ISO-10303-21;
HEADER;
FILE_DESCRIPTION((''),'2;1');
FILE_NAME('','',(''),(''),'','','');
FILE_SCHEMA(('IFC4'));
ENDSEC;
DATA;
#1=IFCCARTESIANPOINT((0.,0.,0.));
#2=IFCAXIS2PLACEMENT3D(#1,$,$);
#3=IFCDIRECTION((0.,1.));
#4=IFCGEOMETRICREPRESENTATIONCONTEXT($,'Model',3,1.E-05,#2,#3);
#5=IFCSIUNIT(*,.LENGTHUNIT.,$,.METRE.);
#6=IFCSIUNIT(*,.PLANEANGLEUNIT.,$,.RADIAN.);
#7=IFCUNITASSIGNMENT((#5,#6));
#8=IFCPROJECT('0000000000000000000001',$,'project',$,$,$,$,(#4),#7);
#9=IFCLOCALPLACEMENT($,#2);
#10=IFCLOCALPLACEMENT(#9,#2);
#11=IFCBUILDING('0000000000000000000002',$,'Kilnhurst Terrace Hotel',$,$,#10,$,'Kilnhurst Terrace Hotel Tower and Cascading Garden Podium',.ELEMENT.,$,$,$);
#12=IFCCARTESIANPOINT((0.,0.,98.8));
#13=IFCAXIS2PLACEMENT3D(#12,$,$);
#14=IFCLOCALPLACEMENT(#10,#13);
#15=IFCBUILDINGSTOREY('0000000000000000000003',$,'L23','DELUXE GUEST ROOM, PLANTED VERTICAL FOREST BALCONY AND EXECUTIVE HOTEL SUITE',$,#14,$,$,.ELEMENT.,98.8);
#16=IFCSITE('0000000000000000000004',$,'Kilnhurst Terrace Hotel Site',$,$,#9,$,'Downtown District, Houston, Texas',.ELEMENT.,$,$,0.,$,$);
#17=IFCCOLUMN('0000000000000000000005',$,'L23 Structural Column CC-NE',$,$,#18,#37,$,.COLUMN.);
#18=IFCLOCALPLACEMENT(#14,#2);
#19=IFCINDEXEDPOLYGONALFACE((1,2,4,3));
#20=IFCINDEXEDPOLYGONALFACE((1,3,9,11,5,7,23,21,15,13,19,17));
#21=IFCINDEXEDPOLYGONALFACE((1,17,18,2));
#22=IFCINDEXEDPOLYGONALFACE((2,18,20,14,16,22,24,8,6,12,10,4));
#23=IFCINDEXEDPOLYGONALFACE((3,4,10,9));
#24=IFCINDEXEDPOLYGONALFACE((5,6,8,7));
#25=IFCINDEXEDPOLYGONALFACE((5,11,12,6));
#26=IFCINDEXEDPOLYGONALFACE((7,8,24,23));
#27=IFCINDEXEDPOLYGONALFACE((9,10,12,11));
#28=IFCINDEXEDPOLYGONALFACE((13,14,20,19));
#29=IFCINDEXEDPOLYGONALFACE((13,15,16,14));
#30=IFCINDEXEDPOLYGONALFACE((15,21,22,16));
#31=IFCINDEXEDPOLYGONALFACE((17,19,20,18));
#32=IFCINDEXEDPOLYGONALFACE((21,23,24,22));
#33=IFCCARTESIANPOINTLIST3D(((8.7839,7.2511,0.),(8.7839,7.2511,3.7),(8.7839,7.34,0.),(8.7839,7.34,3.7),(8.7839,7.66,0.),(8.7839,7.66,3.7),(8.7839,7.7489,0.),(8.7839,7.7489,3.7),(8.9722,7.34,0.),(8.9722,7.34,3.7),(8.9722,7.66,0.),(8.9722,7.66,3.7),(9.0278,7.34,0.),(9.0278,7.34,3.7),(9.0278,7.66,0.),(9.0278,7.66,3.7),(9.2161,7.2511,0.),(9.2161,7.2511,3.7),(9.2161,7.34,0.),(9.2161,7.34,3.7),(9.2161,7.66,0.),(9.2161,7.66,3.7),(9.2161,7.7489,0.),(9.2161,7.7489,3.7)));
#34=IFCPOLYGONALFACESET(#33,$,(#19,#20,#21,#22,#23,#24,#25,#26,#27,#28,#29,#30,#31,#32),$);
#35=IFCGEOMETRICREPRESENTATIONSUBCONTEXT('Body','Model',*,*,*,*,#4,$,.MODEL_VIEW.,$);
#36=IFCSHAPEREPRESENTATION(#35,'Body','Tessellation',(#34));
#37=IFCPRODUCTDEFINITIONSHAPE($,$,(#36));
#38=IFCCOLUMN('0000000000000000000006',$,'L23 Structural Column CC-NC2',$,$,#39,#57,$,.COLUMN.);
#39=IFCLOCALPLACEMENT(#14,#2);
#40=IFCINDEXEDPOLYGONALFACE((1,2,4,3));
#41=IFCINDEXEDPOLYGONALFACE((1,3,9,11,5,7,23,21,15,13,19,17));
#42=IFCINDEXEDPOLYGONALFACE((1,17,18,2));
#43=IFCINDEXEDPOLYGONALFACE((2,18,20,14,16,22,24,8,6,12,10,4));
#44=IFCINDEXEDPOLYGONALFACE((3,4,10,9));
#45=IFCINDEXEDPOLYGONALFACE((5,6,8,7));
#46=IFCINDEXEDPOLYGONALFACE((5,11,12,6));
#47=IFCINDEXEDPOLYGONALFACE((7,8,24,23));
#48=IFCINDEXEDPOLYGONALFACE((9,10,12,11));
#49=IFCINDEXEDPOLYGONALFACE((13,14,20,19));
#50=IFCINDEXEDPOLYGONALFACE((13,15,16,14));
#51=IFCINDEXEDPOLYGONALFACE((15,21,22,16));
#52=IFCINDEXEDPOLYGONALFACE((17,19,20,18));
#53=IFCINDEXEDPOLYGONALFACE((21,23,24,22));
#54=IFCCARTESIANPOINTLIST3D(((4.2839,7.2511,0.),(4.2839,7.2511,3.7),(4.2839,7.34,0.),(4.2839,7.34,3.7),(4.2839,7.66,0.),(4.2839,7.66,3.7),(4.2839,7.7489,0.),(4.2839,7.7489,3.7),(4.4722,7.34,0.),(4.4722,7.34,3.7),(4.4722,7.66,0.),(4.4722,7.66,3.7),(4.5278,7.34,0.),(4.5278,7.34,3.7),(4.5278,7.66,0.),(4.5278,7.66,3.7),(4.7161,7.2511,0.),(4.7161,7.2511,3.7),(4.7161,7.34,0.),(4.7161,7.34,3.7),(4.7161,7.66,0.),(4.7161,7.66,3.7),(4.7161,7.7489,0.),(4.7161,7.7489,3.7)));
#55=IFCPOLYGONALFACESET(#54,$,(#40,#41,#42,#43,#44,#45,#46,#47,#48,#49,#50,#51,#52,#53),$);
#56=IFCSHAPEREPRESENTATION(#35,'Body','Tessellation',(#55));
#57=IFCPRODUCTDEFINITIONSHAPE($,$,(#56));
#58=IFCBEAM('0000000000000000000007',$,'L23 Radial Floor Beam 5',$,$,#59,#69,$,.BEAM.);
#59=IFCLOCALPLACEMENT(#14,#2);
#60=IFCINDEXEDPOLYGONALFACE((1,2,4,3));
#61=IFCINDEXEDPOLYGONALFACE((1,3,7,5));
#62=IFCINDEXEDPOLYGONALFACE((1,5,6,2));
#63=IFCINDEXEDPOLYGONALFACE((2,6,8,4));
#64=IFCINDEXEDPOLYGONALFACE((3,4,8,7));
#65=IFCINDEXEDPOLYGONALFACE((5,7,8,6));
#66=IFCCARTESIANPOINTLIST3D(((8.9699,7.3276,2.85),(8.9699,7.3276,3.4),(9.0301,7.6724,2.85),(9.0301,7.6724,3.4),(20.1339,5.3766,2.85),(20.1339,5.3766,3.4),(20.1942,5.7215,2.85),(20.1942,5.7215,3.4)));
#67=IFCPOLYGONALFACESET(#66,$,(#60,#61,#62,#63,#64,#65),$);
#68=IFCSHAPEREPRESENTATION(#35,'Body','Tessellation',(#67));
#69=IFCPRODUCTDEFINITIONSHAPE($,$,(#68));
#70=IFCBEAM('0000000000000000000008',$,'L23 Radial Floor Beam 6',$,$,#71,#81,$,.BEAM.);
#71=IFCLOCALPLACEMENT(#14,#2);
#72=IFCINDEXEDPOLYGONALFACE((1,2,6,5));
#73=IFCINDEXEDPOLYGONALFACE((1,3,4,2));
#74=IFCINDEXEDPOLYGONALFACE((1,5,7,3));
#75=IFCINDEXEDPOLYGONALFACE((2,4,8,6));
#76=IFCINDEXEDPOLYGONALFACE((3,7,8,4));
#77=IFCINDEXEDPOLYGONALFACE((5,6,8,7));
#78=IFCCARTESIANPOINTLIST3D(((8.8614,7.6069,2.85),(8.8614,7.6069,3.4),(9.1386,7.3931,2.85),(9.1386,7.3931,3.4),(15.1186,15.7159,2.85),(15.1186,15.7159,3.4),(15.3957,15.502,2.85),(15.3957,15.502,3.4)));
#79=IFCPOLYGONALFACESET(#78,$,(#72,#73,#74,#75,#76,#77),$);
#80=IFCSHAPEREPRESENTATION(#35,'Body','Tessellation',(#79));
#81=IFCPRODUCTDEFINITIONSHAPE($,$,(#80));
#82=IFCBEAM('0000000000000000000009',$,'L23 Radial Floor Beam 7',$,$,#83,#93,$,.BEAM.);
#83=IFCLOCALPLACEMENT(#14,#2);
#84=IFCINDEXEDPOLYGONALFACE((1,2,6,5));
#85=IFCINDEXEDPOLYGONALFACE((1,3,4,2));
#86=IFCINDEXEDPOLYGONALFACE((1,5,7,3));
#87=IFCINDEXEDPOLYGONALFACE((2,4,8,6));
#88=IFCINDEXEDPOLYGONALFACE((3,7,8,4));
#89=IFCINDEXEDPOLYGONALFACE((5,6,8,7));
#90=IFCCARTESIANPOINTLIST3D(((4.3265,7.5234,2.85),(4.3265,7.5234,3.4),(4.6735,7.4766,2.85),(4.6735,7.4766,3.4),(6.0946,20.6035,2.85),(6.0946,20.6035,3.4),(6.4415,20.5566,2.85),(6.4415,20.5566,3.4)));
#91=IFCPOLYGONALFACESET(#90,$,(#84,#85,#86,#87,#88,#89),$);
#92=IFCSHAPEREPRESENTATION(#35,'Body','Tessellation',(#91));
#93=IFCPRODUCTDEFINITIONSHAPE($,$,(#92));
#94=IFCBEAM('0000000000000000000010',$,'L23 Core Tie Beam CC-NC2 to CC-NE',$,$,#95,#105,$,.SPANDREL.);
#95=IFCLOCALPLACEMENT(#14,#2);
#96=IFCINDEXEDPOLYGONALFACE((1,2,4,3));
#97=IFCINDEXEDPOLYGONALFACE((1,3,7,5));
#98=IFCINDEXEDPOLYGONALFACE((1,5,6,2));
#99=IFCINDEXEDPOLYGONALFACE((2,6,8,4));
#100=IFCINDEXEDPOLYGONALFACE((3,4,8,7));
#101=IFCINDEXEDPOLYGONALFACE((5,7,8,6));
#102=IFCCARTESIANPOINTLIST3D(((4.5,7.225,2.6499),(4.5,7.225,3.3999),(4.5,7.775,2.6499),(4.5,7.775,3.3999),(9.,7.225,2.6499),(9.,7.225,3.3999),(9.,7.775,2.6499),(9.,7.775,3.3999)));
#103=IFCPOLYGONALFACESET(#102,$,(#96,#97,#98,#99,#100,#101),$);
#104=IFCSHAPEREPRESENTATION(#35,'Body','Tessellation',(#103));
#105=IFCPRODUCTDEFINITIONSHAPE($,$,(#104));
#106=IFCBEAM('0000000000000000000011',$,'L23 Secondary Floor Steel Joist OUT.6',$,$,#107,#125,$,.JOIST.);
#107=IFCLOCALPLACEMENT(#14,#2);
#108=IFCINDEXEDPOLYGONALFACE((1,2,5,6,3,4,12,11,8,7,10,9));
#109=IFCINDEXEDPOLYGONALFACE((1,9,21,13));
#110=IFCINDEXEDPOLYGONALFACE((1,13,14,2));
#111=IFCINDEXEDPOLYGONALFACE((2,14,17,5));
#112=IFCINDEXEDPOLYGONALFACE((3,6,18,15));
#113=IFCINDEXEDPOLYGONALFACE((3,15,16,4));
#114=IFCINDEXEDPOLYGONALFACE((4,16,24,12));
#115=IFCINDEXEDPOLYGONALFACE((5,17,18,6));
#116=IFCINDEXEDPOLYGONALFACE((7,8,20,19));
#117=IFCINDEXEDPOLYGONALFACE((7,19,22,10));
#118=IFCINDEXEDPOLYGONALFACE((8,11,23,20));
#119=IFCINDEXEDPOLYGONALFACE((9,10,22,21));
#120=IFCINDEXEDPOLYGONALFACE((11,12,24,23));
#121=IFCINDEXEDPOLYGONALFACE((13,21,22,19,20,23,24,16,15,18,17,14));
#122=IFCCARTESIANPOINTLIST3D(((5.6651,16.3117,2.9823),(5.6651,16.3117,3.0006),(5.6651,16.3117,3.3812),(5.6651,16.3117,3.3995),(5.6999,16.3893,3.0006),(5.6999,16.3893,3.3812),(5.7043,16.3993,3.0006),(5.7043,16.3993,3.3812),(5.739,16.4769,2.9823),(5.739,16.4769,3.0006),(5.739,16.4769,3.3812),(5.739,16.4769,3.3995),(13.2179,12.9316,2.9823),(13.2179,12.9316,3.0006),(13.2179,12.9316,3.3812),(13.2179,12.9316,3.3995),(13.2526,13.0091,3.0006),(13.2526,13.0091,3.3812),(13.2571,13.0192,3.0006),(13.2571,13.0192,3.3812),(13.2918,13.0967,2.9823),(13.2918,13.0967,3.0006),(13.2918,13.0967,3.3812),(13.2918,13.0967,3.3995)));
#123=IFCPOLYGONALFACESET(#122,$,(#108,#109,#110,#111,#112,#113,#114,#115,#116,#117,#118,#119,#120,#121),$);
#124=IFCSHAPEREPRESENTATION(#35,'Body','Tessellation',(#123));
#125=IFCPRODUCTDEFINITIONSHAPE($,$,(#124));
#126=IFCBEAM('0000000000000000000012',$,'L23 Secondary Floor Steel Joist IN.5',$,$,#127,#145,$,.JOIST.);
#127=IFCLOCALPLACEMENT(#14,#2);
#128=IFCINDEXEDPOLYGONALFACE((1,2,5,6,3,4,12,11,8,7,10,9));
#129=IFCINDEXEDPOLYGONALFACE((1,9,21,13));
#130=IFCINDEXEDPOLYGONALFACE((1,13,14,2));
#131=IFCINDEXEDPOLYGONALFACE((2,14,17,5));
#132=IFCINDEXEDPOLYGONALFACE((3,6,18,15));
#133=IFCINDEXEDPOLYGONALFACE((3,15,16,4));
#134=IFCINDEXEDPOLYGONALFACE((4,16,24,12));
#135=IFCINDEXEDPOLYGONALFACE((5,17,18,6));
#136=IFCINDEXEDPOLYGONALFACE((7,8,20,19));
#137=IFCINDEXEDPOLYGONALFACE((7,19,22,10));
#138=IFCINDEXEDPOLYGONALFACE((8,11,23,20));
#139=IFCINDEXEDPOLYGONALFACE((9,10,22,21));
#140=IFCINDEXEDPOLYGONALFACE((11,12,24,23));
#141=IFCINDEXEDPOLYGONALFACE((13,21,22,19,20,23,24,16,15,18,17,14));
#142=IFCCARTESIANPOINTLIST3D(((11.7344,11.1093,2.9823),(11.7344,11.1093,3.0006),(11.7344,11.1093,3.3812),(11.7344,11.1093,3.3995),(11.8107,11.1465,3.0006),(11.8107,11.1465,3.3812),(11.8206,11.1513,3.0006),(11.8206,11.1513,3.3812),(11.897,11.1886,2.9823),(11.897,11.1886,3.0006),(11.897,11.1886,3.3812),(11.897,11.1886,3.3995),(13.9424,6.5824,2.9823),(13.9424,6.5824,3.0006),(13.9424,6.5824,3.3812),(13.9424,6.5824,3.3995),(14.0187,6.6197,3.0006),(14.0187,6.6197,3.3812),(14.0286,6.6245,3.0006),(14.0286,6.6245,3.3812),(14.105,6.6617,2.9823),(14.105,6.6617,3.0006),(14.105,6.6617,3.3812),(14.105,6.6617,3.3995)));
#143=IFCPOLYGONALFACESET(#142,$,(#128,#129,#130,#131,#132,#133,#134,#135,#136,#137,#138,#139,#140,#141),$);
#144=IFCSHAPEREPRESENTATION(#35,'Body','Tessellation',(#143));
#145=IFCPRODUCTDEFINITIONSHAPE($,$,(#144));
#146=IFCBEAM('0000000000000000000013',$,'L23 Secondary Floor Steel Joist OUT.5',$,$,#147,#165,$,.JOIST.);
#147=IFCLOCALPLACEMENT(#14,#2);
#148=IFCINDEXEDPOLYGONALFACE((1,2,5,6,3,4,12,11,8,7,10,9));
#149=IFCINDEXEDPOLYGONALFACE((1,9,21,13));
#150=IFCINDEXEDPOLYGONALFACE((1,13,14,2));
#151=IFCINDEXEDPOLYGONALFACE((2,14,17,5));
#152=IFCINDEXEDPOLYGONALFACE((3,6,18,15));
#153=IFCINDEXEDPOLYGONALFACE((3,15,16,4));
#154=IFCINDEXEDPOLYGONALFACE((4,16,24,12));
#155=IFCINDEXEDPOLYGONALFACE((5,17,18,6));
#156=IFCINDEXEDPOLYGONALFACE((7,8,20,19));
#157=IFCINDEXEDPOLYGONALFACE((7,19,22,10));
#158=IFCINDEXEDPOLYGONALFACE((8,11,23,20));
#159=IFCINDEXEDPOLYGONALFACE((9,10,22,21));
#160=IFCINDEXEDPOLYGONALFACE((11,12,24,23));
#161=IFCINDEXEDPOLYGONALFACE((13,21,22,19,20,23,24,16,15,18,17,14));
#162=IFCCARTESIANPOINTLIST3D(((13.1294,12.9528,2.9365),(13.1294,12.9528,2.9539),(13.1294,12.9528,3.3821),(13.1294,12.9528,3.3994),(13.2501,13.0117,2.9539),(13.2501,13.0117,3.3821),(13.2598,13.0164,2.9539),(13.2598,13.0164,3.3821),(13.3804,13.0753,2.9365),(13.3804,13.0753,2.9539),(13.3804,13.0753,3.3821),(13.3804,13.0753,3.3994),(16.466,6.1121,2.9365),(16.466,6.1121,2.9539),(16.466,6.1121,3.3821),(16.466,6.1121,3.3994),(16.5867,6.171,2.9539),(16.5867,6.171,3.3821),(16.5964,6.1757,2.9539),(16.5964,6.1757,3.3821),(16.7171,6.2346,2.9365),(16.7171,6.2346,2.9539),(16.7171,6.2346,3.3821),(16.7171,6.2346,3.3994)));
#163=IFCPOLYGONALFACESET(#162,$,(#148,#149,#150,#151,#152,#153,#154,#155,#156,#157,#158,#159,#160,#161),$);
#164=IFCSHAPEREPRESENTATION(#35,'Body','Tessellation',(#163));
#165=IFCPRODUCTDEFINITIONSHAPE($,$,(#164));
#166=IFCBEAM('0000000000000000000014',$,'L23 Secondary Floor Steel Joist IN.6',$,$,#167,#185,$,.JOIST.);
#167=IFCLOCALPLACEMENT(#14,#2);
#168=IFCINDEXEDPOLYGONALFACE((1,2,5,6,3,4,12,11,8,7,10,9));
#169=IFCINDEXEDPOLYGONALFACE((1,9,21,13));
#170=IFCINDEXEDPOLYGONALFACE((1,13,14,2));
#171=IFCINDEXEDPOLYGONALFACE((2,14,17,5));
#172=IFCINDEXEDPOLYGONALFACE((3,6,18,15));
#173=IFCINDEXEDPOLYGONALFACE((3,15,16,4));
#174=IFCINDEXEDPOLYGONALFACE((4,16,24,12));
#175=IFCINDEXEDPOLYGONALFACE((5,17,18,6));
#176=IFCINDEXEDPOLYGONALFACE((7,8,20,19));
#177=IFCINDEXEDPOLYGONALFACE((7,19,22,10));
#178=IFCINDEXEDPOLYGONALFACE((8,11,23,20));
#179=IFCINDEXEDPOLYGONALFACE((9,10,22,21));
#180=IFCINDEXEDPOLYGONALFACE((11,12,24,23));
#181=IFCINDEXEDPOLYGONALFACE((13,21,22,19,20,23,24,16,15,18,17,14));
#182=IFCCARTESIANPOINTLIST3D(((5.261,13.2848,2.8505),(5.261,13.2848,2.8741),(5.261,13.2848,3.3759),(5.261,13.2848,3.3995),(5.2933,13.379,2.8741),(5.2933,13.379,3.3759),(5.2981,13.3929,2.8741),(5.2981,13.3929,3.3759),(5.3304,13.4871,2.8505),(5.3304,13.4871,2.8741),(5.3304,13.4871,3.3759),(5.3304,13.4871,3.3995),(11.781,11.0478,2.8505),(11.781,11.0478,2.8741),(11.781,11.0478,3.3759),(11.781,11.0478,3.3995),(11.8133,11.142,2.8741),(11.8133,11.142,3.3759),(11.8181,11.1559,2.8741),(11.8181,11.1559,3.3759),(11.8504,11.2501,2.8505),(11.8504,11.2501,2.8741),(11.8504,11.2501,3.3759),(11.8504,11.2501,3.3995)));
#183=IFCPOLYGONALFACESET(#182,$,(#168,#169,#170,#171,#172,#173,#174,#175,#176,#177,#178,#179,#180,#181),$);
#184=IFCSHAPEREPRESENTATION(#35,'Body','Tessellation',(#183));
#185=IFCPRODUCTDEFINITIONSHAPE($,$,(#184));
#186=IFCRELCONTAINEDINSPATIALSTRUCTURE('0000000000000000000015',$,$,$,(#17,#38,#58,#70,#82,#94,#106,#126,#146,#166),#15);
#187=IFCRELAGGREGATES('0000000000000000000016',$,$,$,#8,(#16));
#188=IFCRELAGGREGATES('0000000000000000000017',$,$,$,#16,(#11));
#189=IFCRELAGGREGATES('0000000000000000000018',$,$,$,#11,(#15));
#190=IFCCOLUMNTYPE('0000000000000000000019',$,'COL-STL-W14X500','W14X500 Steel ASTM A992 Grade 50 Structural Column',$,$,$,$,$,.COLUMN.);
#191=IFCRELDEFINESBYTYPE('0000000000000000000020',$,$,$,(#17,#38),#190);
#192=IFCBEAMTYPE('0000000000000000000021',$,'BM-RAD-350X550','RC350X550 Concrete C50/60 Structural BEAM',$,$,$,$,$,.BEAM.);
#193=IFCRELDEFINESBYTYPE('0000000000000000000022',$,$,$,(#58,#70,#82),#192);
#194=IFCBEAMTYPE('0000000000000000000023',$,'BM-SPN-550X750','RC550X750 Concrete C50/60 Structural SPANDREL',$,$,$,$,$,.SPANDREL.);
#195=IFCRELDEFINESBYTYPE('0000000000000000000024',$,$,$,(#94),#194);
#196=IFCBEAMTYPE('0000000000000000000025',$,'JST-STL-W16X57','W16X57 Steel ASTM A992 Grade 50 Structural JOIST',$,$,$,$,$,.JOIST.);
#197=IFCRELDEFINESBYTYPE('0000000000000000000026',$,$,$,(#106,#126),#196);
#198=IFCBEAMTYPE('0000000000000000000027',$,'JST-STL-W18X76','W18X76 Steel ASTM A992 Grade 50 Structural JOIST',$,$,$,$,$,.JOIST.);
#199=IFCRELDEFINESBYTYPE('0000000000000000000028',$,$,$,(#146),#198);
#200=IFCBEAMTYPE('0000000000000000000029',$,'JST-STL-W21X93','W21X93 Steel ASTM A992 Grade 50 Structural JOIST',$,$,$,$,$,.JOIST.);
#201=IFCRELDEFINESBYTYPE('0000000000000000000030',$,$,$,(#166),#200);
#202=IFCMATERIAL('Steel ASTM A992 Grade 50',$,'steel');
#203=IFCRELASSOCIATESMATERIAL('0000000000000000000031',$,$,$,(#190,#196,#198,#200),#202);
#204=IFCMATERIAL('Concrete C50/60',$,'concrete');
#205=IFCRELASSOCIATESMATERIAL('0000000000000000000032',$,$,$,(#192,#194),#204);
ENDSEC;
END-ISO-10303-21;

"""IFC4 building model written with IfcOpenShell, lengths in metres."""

from ifc_helpers import new_model, si_unit, direction, frame, origin, origin_2d, place, context, subcontext, project, spatial, rectangle, i_section, extrude, material, material_profile, profile_set, type_object, element, save


model = new_model("IFC4")

# Units and contexts
model_context = context("Model", 3, precision=1e-05, world=origin(), true_north=direction((0.0, 1.0)))
body_context = subcontext(model_context, "Body", "Model", "MODEL_VIEW")
ifc_project = project(units=[si_unit("LENGTHUNIT", "METRE"), si_unit("PLANEANGLEUNIT", "RADIAN")], contexts=[model_context])

# Site, building, storey
site_placement = place(None, origin())
site = spatial("IfcSite", under=ifc_project, at=site_placement, Name="Kilnhurst Terrace Hotel Site", LongName="Downtown District, Houston, Texas", CompositionType="ELEMENT", RefElevation=0.0)
building_placement = place(site_placement, origin())
building = spatial("IfcBuilding", under=site, at=building_placement, Name="Kilnhurst Terrace Hotel", LongName="Kilnhurst Terrace Hotel Tower and Cascading Garden Podium", CompositionType="ELEMENT")
storey_placement = place(building_placement, frame((0.0, 0.0, 98.8)))
storey = spatial("IfcBuildingStorey", under=building, at=storey_placement, Name="L23", Description="DELUXE GUEST ROOM, PLANTED VERTICAL FOREST BALCONY AND EXECUTIVE HOTEL SUITE", CompositionType="ELEMENT", Elevation=98.8)

# Columns
ifc_material_1 = material(Name="Steel ASTM A992 Grade 50", Category="steel")
ifc_material_profile_1 = material_profile(ifc_material_1, i_section(OverallWidth=0.4321, OverallDepth=0.4978, WebThickness=0.0557, FlangeThickness=0.0889, at=origin_2d()), Name="W14X500")
ifc_profile_set_1 = profile_set([ifc_material_profile_1], Name="Steel ASTM A992 Grade 50")
column_type = type_object("IfcColumnType", Name="COL-STL-W14X500", Description="W14X500 Steel ASTM A992 Grade 50 Structural Column", PredefinedType="COLUMN", material=ifc_profile_set_1)
for number, where, z_axis, x_axis, name in (
    (1, (9.0, 7.5, 0.0), (0.0, 0.0, 1.0), (1.0, 0.0, 0.0), "L23 Structural Column CC-NE"),
    (2, (4.5, 7.5, 0.0), (0.0, 0.0, 1.0), (1.0, 0.0, 0.0), "L23 Structural Column CC-NC2"),
):
    element("IfcColumn", number, at=place(storey_placement, frame(where, z_axis=z_axis, x_axis=x_axis)), inside=storey, type_object=column_type, Name=name, PredefinedType="COLUMN", context=body_context, shape_type="SweptSolid", body=[
        extrude(i_section(OverallWidth=0.4321, OverallDepth=0.4978, WebThickness=0.0557, FlangeThickness=0.0889, at=origin_2d()), origin(), (0.0, 0.0, 1.0), 3.7),
    ])

# Beams
ifc_material_2 = material(Name="Concrete C50/60", Category="concrete")
ifc_material_profile_2 = material_profile(ifc_material_2, rectangle(XDim=0.3501, YDim=0.55, at=origin_2d()), Name="RC350X550")
ifc_profile_set_2 = profile_set([ifc_material_profile_2], Name="Concrete C50/60")
beam_type_1 = type_object("IfcBeamType", Name="BM-RAD-350X550", Description="RC350X550 Concrete C50/60 Structural BEAM", PredefinedType="BEAM", material=ifc_profile_set_2)
beam_1_placement = place(storey_placement, frame((9.0, 7.5, 3.125), z_axis=(0.985072, -0.172142, 0.0), x_axis=(0.172142, 0.985072, 0.0)))
element("IfcBeam", 3, at=beam_1_placement, inside=storey, type_object=beam_type_1, Name="L23 Radial Floor Beam 5", PredefinedType="BEAM", context=body_context, shape_type="SweptSolid", body=[
    extrude(rectangle(XDim=0.3501, YDim=0.55, at=origin_2d()), origin(), (0.0, 0.0, 1.0), 11.3333),
])
beam_2_placement = place(storey_placement, frame((9.0, 7.5, 3.125), z_axis=(0.610905, 0.791704, 0.0), x_axis=(-0.791704, 0.610905, 0.0)))
element("IfcBeam", 4, at=beam_2_placement, inside=storey, type_object=beam_type_1, Name="L23 Radial Floor Beam 6", PredefinedType="BEAM", context=body_context, shape_type="SweptSolid", body=[
    extrude(rectangle(XDim=0.3501, YDim=0.55, at=origin_2d()), origin(), (0.0, 0.0, 1.0), 10.2424),
])
beam_3_placement = place(storey_placement, frame((4.5, 7.5, 3.125), z_axis=(0.133954, 0.990988, 0.0), x_axis=(-0.990988, 0.133954, 0.0)))
element("IfcBeam", 5, at=beam_3_placement, inside=storey, type_object=beam_type_1, Name="L23 Radial Floor Beam 7", PredefinedType="BEAM", context=body_context, shape_type="SweptSolid", body=[
    extrude(rectangle(XDim=0.3501, YDim=0.55, at=origin_2d()), origin(), (0.0, 0.0, 1.0), 13.199),
])
ifc_material_profile_3 = material_profile(ifc_material_2, rectangle(XDim=0.55, YDim=0.75, at=origin_2d()), Name="RC550X750")
ifc_profile_set_3 = profile_set([ifc_material_profile_3], Name="Concrete C50/60")
beam_type_2 = type_object("IfcBeamType", Name="BM-SPN-550X750", Description="RC550X750 Concrete C50/60 Structural SPANDREL", PredefinedType="SPANDREL", material=ifc_profile_set_3)
beam_4_placement = place(storey_placement, frame((4.5, 7.5, 3.0249), z_axis=(1.0, 0.0, 0.0), x_axis=(0.0, 1.0, 0.0)))
element("IfcBeam", 6, at=beam_4_placement, inside=storey, type_object=beam_type_2, Name="L23 Core Tie Beam CC-NC2 to CC-NE", PredefinedType="SPANDREL", context=body_context, shape_type="SweptSolid", body=[
    extrude(rectangle(XDim=0.55, YDim=0.75, at=origin_2d()), origin(), (0.0, 0.0, 1.0), 4.5),
])
ifc_material_profile_4 = material_profile(ifc_material_1, i_section(OverallWidth=0.1809, OverallDepth=0.4172, WebThickness=0.011, FlangeThickness=0.0183, at=origin_2d()), Name="W16X57")
ifc_profile_set_4 = profile_set([ifc_material_profile_4], Name="Steel ASTM A992 Grade 50")
beam_type_3 = type_object("IfcBeamType", Name="JST-STL-W16X57", Description="W16X57 Steel ASTM A992 Grade 50 Structural JOIST", PredefinedType="JOIST", material=ifc_profile_set_4)
beam_5_placement = place(storey_placement, frame((13.2549, 13.0142, 3.1909), z_axis=(-0.912761, 0.408494, 0.0), x_axis=(-0.408494, -0.912761, 0.0)))
element("IfcBeam", 7, at=beam_5_placement, inside=storey, type_object=beam_type_3, Name="L23 Secondary Floor Steel Joist OUT.6", PredefinedType="JOIST", context=body_context, shape_type="SweptSolid", body=[
    extrude(i_section(OverallWidth=0.1809, OverallDepth=0.4172, WebThickness=0.011, FlangeThickness=0.0183, at=origin_2d()), origin(), (0.0, 0.0, 1.0), 8.2747),
])
beam_6_placement = place(storey_placement, frame((14.0237, 6.6221, 3.1909), z_axis=(-0.438389, 0.898785, 0.0), x_axis=(-0.898785, -0.438389, 0.0)))
element("IfcBeam", 8, at=beam_6_placement, inside=storey, type_object=beam_type_3, Name="L23 Secondary Floor Steel Joist IN.5", PredefinedType="JOIST", context=body_context, shape_type="SweptSolid", body=[
    extrude(i_section(OverallWidth=0.1809, OverallDepth=0.4172, WebThickness=0.011, FlangeThickness=0.0183, at=origin_2d()), origin(), (0.0, 0.0, 1.0), 5.0366),
])
ifc_material_profile_5 = material_profile(ifc_material_1, i_section(OverallWidth=0.2793, OverallDepth=0.4629, WebThickness=0.0107, FlangeThickness=0.0173, at=origin_2d()), Name="W18X76")
ifc_profile_set_5 = profile_set([ifc_material_profile_5], Name="Steel ASTM A992 Grade 50")
beam_type_4 = type_object("IfcBeamType", Name="JST-STL-W18X76", Description="W18X76 Steel ASTM A992 Grade 50 Structural JOIST", PredefinedType="JOIST", material=ifc_profile_set_5)
beam_7_placement = place(storey_placement, frame((16.5916, 6.1733, 3.168), z_axis=(-0.43839, 0.898785, 0.0), x_axis=(-0.898785, -0.43839, 0.0)))
element("IfcBeam", 9, at=beam_7_placement, inside=storey, type_object=beam_type_4, Name="L23 Secondary Floor Steel Joist OUT.5", PredefinedType="JOIST", context=body_context, shape_type="SweptSolid", body=[
    extrude(i_section(OverallWidth=0.2793, OverallDepth=0.4629, WebThickness=0.0107, FlangeThickness=0.0173, at=origin_2d()), origin(), (0.0, 0.0, 1.0), 7.6111),
])
ifc_material_profile_6 = material_profile(ifc_material_1, i_section(OverallWidth=0.2139, OverallDepth=0.5491, WebThickness=0.0146, FlangeThickness=0.0237, at=origin_2d()), Name="W21X93")
ifc_profile_set_6 = profile_set([ifc_material_profile_6], Name="Steel ASTM A992 Grade 50")
beam_type_5 = type_object("IfcBeamType", Name="JST-STL-W21X93", Description="W21X93 Steel ASTM A992 Grade 50 Structural JOIST", PredefinedType="JOIST", material=ifc_profile_set_6)
beam_8_placement = place(storey_placement, frame((11.8157, 11.1489, 3.125), z_axis=(-0.945874, 0.324535, 0.0), x_axis=(-0.324535, -0.945874, 0.0)))
element("IfcBeam", 10, at=beam_8_placement, inside=storey, type_object=beam_type_5, Name="L23 Secondary Floor Steel Joist IN.6", PredefinedType="JOIST", context=body_context, shape_type="SweptSolid", body=[
    extrude(i_section(OverallWidth=0.2139, OverallDepth=0.5491, WebThickness=0.0146, FlangeThickness=0.0237, at=origin_2d()), origin(), (0.0, 0.0, 1.0), 6.8931),
])

save(model, "model.ifc")
